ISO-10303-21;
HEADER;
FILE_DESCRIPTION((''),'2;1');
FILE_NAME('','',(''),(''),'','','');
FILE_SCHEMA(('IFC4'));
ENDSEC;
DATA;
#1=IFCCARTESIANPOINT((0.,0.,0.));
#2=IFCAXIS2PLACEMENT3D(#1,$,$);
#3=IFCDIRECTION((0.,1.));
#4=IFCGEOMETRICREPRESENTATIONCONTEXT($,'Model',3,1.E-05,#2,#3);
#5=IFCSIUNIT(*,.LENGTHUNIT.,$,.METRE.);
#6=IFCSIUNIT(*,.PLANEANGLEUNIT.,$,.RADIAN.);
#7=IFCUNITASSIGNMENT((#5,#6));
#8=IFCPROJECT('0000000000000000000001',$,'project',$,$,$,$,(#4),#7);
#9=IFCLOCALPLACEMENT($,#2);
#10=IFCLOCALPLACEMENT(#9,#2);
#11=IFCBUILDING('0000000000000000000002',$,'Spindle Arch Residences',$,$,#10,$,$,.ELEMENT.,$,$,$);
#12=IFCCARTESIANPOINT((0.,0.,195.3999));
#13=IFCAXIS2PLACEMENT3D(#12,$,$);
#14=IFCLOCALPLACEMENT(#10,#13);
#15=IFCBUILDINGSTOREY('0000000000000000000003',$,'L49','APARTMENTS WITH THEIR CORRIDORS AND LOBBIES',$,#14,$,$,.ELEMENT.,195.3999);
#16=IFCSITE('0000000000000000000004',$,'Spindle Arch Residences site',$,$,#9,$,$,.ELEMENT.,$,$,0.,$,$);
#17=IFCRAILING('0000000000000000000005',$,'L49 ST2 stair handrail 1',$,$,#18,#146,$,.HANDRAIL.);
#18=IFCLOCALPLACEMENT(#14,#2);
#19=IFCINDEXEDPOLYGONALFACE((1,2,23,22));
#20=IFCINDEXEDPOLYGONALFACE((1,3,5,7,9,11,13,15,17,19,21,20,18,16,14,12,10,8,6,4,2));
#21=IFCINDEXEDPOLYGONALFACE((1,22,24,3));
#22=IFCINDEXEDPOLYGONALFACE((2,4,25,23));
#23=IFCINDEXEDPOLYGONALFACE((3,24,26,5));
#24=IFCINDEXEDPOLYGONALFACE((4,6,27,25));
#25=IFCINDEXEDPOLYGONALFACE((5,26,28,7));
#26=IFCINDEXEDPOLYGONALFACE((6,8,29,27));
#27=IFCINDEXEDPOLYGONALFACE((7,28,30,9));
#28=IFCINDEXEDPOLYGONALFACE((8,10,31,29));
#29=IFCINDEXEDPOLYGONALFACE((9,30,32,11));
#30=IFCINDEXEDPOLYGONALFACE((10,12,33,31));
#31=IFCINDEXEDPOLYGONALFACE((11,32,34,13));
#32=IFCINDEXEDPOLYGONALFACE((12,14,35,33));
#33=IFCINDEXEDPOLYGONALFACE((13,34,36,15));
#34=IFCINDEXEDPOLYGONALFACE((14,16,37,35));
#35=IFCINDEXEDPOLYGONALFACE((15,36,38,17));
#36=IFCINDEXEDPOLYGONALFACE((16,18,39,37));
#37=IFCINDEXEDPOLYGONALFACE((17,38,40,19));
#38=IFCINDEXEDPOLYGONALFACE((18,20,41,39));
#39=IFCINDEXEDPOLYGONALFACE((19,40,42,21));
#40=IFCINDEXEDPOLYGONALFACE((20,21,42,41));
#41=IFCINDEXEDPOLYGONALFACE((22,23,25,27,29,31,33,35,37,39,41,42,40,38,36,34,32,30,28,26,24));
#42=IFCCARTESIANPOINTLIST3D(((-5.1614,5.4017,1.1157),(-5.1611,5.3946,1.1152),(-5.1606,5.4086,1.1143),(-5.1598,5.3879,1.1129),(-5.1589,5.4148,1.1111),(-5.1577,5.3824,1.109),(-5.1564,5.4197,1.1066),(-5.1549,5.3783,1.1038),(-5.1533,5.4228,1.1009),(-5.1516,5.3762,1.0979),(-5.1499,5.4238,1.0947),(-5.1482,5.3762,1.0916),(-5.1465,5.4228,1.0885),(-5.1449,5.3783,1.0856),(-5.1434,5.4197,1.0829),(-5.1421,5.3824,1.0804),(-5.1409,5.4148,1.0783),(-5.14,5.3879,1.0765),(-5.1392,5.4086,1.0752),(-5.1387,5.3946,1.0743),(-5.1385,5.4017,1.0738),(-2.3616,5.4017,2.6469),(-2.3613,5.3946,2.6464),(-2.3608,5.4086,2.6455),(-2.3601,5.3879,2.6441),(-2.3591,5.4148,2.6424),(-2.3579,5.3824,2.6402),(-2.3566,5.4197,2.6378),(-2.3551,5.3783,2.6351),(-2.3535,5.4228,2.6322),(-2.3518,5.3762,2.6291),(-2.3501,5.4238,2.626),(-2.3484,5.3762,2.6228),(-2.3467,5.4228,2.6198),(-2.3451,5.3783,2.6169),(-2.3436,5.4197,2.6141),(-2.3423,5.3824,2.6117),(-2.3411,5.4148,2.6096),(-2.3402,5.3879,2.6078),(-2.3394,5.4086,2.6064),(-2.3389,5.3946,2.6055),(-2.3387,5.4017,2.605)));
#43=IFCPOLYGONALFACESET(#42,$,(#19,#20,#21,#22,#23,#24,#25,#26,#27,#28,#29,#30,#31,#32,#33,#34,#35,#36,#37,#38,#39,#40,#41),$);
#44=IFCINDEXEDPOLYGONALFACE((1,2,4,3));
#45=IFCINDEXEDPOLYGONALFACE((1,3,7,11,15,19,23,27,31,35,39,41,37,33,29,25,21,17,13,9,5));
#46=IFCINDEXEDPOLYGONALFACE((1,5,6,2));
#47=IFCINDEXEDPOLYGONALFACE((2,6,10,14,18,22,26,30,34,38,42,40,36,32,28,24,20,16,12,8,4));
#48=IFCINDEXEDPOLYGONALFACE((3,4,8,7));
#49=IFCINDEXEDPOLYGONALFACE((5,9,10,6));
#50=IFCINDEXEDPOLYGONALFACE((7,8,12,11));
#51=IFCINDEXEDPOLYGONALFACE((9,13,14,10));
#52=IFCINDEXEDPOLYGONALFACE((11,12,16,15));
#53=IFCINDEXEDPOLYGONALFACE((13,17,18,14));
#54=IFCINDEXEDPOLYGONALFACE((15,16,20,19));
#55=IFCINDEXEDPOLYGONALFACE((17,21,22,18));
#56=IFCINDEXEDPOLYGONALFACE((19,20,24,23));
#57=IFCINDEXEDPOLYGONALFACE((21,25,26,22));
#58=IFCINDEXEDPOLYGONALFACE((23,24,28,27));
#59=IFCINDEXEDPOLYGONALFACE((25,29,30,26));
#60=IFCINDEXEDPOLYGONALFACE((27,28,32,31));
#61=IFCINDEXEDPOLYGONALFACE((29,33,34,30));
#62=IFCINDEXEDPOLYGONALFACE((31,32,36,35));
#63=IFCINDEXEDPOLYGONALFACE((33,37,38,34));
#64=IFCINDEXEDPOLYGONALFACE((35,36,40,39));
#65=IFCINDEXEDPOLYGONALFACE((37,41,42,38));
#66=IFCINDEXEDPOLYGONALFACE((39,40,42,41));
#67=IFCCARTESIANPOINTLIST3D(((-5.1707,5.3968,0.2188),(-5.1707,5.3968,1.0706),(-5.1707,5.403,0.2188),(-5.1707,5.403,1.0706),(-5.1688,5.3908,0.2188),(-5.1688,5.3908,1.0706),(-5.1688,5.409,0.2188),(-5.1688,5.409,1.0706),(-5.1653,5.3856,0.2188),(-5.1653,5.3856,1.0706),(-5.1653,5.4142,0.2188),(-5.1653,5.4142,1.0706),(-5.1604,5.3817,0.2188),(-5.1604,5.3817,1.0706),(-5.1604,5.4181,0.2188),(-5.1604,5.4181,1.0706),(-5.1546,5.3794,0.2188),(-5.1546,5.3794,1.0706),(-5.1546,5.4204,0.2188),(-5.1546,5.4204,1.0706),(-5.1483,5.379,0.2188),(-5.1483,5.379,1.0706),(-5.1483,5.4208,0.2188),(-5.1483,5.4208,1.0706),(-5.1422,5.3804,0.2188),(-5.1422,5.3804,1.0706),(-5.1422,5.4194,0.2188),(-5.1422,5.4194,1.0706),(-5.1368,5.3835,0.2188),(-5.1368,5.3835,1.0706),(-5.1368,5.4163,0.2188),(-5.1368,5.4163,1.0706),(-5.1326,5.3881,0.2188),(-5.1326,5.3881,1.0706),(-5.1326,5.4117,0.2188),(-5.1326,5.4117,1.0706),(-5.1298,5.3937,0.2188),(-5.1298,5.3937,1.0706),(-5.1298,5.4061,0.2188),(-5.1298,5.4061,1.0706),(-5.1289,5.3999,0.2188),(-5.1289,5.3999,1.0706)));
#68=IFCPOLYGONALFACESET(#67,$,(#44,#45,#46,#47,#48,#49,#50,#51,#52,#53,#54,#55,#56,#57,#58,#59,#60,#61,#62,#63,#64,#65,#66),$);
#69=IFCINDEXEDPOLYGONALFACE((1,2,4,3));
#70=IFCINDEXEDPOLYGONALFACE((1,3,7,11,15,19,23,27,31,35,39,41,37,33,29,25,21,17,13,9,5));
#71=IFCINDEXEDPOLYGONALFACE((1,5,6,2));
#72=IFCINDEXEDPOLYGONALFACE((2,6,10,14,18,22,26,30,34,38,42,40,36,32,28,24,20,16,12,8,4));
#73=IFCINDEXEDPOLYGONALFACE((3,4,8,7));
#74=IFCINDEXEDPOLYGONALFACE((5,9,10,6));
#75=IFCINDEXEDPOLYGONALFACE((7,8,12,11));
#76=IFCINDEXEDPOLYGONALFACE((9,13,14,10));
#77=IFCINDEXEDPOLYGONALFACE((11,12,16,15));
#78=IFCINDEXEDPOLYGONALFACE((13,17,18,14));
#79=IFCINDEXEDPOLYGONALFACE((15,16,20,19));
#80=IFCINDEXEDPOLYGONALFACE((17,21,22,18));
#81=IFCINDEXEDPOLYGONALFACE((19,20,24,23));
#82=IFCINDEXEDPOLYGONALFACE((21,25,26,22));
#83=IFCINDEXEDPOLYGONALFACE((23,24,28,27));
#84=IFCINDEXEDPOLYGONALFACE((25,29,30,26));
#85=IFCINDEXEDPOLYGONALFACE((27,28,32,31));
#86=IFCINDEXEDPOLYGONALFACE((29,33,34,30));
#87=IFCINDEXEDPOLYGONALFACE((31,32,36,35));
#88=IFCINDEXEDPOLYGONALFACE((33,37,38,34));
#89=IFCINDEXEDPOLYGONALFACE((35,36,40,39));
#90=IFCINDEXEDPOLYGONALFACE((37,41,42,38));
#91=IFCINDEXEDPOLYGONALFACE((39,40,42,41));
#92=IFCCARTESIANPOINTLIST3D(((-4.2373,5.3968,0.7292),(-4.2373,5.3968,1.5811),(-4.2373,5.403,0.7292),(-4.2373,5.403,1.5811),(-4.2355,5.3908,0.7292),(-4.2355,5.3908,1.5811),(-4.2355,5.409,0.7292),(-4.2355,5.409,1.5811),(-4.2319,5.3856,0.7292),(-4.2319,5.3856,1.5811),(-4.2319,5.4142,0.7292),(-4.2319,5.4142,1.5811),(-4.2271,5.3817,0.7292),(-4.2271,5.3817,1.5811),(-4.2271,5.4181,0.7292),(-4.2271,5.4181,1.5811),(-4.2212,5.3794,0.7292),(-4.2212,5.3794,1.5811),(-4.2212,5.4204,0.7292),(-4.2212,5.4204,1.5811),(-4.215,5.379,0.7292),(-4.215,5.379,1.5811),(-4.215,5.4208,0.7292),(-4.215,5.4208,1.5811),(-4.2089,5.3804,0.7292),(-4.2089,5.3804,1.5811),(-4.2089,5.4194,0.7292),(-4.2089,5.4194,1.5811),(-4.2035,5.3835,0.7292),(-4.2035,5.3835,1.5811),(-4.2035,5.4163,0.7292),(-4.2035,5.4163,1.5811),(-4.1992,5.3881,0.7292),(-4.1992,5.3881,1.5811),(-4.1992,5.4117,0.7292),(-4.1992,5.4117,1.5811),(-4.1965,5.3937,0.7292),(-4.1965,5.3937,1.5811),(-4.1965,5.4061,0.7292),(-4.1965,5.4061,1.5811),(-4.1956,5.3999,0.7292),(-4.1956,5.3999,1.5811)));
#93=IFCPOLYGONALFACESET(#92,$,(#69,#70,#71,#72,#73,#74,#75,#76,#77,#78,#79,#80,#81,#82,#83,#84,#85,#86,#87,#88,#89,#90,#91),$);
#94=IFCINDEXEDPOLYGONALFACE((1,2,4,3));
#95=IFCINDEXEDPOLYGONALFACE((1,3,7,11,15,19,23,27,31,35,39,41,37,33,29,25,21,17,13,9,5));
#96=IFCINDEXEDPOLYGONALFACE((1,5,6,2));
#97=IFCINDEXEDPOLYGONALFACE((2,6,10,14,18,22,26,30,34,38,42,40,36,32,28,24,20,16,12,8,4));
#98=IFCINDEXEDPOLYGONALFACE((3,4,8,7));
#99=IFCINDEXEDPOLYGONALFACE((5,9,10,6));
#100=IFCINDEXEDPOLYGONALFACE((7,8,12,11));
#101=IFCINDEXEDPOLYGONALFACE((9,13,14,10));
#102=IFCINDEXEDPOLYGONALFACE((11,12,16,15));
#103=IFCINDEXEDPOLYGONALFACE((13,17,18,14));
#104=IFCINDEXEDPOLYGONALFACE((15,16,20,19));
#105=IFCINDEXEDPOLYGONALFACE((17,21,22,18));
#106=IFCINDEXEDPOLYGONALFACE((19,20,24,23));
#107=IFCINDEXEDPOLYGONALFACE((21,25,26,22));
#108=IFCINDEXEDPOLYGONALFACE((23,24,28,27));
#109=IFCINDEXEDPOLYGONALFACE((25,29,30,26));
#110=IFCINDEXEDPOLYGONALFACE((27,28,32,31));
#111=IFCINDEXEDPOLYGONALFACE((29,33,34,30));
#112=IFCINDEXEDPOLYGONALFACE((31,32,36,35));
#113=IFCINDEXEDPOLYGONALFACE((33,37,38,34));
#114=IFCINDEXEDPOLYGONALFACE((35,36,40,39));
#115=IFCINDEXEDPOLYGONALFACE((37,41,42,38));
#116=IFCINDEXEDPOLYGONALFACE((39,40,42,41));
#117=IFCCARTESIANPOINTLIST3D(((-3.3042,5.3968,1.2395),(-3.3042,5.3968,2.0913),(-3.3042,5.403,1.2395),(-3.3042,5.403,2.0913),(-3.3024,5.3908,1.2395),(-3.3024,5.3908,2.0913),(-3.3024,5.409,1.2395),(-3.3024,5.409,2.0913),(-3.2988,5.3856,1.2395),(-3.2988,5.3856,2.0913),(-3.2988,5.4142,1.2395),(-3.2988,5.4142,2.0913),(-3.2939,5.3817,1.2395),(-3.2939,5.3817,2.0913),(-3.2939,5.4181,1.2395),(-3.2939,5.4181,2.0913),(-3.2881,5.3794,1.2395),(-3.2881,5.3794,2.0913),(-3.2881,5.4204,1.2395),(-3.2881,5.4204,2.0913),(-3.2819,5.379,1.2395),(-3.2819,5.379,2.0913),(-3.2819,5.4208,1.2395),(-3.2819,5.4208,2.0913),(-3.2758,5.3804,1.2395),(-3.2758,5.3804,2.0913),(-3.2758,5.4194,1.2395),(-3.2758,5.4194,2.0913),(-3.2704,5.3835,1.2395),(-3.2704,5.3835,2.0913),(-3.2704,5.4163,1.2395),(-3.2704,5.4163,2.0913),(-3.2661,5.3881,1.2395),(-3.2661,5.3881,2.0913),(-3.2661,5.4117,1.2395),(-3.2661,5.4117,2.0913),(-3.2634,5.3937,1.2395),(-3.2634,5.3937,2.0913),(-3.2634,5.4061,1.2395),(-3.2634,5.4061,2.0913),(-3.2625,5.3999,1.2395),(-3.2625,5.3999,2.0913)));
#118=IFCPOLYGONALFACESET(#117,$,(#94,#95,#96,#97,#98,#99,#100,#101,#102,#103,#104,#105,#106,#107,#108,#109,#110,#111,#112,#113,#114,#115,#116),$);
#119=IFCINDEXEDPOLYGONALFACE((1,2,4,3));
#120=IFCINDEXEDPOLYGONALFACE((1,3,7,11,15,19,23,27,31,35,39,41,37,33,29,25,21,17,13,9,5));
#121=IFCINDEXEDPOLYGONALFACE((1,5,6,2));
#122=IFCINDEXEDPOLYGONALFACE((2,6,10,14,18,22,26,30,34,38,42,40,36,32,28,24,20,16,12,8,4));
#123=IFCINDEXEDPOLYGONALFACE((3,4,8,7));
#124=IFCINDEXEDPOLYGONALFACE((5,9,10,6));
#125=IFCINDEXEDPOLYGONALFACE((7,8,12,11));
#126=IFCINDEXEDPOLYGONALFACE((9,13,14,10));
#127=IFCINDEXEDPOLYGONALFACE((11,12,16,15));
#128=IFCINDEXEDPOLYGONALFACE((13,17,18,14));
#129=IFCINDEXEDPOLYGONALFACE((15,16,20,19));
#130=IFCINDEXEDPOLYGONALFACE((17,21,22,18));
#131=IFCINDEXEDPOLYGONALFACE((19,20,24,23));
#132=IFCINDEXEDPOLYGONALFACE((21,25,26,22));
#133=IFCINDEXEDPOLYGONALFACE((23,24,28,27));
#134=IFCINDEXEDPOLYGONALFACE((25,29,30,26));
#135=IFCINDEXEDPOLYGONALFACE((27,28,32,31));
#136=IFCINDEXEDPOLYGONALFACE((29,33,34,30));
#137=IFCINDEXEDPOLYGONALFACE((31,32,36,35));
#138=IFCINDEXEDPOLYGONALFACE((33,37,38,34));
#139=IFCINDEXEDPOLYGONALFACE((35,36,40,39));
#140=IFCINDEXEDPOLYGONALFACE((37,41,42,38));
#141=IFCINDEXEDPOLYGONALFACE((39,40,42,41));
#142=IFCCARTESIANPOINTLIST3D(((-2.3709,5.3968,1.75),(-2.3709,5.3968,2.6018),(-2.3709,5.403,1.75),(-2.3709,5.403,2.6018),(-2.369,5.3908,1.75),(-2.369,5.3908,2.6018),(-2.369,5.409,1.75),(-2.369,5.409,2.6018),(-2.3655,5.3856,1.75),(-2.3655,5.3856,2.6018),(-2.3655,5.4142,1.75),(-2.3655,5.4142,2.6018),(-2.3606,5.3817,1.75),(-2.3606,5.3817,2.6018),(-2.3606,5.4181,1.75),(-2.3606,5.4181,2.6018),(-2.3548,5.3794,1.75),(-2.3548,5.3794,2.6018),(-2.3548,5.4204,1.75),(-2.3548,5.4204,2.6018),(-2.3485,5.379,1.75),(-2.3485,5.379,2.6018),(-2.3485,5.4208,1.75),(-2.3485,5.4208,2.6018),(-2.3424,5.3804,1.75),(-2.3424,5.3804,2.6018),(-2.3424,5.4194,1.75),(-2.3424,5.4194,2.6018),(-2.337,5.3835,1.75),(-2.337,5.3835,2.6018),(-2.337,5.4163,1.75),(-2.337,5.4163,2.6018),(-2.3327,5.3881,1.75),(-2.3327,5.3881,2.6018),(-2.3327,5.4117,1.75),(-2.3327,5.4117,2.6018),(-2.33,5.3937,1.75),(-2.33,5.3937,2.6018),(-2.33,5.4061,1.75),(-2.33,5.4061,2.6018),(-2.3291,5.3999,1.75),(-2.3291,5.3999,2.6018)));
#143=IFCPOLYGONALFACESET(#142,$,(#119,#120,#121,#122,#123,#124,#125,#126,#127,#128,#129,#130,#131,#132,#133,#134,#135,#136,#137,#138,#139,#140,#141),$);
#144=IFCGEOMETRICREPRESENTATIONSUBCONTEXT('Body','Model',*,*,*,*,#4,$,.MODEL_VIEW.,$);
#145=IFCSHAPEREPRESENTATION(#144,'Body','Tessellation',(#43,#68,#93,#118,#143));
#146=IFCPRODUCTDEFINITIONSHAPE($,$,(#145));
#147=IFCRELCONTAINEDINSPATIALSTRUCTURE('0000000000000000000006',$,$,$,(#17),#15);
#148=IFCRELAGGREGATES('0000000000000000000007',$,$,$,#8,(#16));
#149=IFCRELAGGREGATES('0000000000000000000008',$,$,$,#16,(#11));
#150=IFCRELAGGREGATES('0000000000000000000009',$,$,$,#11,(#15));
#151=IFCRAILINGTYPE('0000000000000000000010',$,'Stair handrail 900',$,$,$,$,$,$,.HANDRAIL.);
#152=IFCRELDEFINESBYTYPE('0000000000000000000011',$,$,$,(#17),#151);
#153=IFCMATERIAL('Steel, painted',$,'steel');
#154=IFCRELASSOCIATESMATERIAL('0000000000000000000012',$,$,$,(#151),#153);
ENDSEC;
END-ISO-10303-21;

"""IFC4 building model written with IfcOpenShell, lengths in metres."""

from ifc_helpers import new_model, si_unit, direction, frame, origin, origin_2d, place, context, subcontext, project, spatial, circle, extrude, material, type_object, element, save


model = new_model("IFC4")

# Units and contexts
model_context = context("Model", 3, precision=1e-05, world=origin(), true_north=direction((0.0, 1.0)))
body_context = subcontext(model_context, "Body", "Model", "MODEL_VIEW")
ifc_project = project(units=[si_unit("LENGTHUNIT", "METRE"), si_unit("PLANEANGLEUNIT", "RADIAN")], contexts=[model_context])

# Site, building, storey
site_placement = place(None, origin())
site = spatial("IfcSite", under=ifc_project, at=site_placement, Name="Spindle Arch Residences site", CompositionType="ELEMENT", RefElevation=0.0)
building_placement = place(site_placement, origin())
building = spatial("IfcBuilding", under=site, at=building_placement, Name="Spindle Arch Residences", CompositionType="ELEMENT")
storey_placement = place(building_placement, frame((0.0, 0.0, 195.3999)))
storey = spatial("IfcBuildingStorey", under=building, at=storey_placement, Name="L49", Description="APARTMENTS WITH THEIR CORRIDORS AND LOBBIES", CompositionType="ELEMENT", Elevation=195.3999)

# Railing
ifc_material_1 = material(Name="Steel, painted", Category="steel")
railing_type_1 = type_object("IfcRailingType", Name="Stair handrail 900", PredefinedType="HANDRAIL", material=ifc_material_1)
railing_1_placement = place(storey_placement, frame((-5.1499, 5.3999, 0.2188)))
element("IfcRailing", 1, at=railing_1_placement, inside=storey, type_object=railing_type_1, Name="L49 ST2 stair handrail 1", PredefinedType="HANDRAIL", context=body_context, shape_type="SweptSolid", body=[
    extrude(circle(Radius=0.0239, at=origin_2d()), frame((0.0, 0.0, 0.876), z_axis=(0.877357, 0.0, 0.479838), x_axis=(0.0, 1.0, 0.0)), (0.0, 0.0, 1.0), 3.1912),
    extrude(circle(Radius=0.021, at=origin_2d()), origin(), (0.0, 0.0, 1.0), 0.8518),
    extrude(circle(Radius=0.021, at=origin_2d()), frame((0.9333, 0.0, 0.5105)), (0.0, 0.0, 1.0), 0.8518),
    extrude(circle(Radius=0.021, at=origin_2d()), frame((1.8665, 0.0, 1.0208)), (0.0, 0.0, 1.0), 0.8518),
    extrude(circle(Radius=0.021, at=origin_2d()), frame((2.7998, 0.0, 1.5312)), (0.0, 0.0, 1.0), 0.8518),
])

save(model, "model.ifc")
